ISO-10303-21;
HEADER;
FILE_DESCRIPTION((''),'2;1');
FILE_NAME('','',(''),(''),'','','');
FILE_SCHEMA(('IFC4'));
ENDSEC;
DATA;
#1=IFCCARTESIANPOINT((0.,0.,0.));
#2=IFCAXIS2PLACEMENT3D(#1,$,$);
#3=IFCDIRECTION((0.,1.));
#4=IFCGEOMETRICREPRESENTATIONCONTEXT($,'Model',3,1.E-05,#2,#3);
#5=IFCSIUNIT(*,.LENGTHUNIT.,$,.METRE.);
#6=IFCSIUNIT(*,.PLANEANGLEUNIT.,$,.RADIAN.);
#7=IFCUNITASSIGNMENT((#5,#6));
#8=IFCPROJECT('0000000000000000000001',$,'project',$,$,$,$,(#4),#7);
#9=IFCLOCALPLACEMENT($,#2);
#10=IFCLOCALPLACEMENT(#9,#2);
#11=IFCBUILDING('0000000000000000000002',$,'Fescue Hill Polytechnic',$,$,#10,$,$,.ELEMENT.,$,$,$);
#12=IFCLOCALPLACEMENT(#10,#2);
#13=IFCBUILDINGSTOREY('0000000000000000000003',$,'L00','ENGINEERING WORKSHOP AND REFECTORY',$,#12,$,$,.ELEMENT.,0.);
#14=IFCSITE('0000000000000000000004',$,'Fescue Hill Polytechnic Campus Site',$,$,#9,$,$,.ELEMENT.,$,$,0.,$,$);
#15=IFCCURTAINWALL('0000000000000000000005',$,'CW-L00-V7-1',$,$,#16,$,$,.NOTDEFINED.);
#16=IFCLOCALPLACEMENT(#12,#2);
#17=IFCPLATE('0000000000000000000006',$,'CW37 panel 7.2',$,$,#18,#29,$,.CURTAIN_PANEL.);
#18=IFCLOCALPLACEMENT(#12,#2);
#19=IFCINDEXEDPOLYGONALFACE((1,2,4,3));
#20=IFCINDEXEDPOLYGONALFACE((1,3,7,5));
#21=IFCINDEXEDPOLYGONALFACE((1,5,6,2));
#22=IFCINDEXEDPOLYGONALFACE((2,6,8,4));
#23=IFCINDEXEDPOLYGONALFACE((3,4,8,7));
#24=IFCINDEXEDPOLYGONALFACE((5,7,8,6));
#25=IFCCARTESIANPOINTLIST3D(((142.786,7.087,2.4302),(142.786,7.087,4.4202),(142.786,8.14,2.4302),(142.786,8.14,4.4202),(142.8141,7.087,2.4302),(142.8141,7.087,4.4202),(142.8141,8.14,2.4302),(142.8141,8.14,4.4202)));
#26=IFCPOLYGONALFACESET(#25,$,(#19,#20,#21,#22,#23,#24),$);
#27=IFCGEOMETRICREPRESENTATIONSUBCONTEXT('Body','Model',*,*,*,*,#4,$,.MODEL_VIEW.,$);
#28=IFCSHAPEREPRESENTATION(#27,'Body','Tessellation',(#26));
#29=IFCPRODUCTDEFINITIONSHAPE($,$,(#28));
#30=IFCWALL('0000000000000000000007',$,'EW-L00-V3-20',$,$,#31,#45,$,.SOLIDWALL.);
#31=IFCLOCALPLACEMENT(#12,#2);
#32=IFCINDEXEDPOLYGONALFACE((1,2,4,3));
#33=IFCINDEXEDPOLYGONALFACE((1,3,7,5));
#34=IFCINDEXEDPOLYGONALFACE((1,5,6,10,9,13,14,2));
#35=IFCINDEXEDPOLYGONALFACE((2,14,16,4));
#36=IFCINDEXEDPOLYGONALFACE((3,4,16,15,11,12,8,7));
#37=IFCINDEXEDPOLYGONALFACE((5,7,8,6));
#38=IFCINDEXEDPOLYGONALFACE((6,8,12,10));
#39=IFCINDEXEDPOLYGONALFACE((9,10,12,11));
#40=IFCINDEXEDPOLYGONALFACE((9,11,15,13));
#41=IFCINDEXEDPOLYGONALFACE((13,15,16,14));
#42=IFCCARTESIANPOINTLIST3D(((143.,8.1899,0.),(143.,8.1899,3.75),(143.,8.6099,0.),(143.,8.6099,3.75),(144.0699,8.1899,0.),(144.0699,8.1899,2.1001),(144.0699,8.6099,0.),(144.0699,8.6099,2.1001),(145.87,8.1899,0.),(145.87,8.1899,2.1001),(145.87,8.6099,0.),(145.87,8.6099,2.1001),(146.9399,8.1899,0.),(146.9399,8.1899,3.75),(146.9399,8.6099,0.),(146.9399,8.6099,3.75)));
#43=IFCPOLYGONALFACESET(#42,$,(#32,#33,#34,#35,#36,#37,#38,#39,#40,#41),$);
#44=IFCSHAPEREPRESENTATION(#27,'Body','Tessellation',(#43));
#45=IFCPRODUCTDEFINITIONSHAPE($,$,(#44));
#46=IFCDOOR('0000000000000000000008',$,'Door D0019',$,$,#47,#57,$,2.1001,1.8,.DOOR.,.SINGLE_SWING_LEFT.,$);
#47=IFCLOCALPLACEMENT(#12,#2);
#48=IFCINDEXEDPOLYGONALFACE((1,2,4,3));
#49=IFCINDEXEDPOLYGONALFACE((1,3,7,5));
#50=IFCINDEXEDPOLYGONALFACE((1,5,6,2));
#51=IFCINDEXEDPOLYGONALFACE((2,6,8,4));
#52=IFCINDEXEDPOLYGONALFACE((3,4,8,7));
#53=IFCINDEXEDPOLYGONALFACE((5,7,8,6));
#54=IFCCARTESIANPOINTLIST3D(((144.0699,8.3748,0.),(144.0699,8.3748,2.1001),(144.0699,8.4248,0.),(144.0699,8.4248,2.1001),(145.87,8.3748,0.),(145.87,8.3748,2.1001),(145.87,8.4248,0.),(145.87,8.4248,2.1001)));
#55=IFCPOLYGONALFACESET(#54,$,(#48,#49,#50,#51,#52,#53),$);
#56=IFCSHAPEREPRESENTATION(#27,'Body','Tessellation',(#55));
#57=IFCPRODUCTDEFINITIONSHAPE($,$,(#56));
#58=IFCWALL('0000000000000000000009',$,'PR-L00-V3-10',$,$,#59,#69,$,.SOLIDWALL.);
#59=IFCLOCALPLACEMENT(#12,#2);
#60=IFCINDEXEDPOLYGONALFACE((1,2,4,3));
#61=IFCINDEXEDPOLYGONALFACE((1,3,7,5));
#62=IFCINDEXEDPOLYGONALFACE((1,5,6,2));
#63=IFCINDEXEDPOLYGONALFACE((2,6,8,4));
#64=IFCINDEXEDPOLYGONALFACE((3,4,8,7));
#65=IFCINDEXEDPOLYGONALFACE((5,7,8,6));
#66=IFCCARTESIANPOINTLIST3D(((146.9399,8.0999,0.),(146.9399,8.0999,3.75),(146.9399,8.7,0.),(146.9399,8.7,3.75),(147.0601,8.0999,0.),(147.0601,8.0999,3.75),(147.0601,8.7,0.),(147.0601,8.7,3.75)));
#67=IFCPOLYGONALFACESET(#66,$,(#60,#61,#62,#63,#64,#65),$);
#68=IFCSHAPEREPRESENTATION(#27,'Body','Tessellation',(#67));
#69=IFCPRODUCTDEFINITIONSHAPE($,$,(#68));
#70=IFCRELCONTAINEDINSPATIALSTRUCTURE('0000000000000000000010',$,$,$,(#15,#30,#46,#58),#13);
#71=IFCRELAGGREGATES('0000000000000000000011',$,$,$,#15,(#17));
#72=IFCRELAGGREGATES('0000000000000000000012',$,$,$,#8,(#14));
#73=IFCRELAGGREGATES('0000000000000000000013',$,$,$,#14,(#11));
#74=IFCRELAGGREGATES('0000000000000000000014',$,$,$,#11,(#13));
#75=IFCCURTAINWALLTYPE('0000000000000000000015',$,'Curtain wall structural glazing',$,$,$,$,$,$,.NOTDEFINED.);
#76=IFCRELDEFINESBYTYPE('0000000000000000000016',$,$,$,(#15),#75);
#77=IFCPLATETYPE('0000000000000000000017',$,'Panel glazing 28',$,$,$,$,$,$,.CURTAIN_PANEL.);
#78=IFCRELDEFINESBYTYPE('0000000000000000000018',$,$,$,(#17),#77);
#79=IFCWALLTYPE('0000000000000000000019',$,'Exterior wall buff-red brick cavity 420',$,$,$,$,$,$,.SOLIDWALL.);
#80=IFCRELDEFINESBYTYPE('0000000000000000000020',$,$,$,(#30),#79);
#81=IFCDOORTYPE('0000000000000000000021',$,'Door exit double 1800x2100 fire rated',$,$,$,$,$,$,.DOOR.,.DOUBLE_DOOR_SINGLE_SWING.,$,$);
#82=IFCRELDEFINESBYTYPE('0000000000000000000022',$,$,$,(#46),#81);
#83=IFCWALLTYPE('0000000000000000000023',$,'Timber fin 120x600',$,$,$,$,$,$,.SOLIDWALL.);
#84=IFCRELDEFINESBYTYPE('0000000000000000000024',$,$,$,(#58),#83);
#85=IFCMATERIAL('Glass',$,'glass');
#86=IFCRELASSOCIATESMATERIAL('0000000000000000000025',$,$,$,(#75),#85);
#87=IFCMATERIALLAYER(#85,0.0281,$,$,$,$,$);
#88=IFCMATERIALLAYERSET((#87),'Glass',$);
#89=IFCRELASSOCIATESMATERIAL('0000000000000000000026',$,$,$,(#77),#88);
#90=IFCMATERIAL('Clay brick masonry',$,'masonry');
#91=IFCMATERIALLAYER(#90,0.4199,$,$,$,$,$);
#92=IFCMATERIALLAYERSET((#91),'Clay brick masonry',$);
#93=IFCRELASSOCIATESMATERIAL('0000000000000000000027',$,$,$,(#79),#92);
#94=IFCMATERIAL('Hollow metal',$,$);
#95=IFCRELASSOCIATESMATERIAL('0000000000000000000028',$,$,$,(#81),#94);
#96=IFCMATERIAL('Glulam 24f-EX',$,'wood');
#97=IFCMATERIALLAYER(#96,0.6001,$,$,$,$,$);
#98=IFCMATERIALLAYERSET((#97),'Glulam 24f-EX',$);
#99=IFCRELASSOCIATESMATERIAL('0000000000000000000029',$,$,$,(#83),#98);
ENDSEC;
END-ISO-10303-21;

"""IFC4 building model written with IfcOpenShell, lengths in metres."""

from ifc_helpers import new_model, si_unit, direction, frame, frame_2d, origin, origin_2d, place, context, subcontext, project, spatial, rectangle, extrude, material, layer, layer_set, type_object, element, fill, aggregate, save


model = new_model("IFC4")

# Units and contexts
model_context = context("Model", 3, precision=1e-05, world=origin(), true_north=direction((0.0, 1.0)))
body_context = subcontext(model_context, "Body", "Model", "MODEL_VIEW")
ifc_project = project(units=[si_unit("LENGTHUNIT", "METRE"), si_unit("PLANEANGLEUNIT", "RADIAN")], contexts=[model_context])

# Site, building, storey
site_placement = place(None, origin())
site = spatial("IfcSite", under=ifc_project, at=site_placement, Name="Fescue Hill Polytechnic Campus Site", CompositionType="ELEMENT", RefElevation=0.0)
building_placement = place(site_placement, origin())
building = spatial("IfcBuilding", under=site, at=building_placement, Name="Fescue Hill Polytechnic", CompositionType="ELEMENT")
storey_placement = place(building_placement, origin())
storey = spatial("IfcBuildingStorey", under=building, at=storey_placement, Name="L00", Description="ENGINEERING WORKSHOP AND REFECTORY", CompositionType="ELEMENT", Elevation=0.0)

# Curtain wall, plate
ifc_material_1 = material(Name="Glass", Category="glass")
curtain_wall_type = type_object("IfcCurtainWallType", Name="Curtain wall structural glazing", PredefinedType="NOTDEFINED", material=ifc_material_1)
curtain_wall_placement = place(storey_placement, origin())
curtain_wall = element("IfcCurtainWall", 1, at=curtain_wall_placement, inside=storey, type_object=curtain_wall_type, Name="CW-L00-V7-1", PredefinedType="NOTDEFINED")
ifc_layer_1 = layer(ifc_material_1, 0.0281)
ifc_layer_set_1 = layer_set([ifc_layer_1], Name="Glass")
plate_type = type_object("IfcPlateType", Name="Panel glazing 28", PredefinedType="CURTAIN_PANEL", material=ifc_layer_set_1)
plate_1_placement = place(storey_placement, frame((142.8, 7.6135, 2.4302), z_axis=(0.0, 0.0, 1.0), x_axis=(0.0, 1.0, 0.0)))
plate_1 = element("IfcPlate", 2, at=plate_1_placement, type_object=plate_type, Name="CW37 panel 7.2", PredefinedType="CURTAIN_PANEL", context=body_context, shape_type="SweptSolid", body=[
    extrude(rectangle(XDim=1.053, YDim=0.0281, at=origin_2d()), origin(), (0.0, 0.0, 1.0), 1.99),
])
aggregate(curtain_wall, [plate_1])

# Wall, opening, door
ifc_material_2 = material(Name="Clay brick masonry", Category="masonry")
ifc_layer_2 = layer(ifc_material_2, 0.4199)
ifc_layer_set_2 = layer_set([ifc_layer_2], Name="Clay brick masonry")
wall_type_1 = type_object("IfcWallType", Name="Exterior wall buff-red brick cavity 420", PredefinedType="SOLIDWALL", material=ifc_layer_set_2)
wall_1_placement = place(storey_placement, frame((143.0, 8.3999, 0.0), z_axis=(0.0, 0.0, 1.0), x_axis=(1.0, 0.0, 0.0)))
wall_1 = element("IfcWall", 3, at=wall_1_placement, inside=storey, type_object=wall_type_1, Name="EW-L00-V3-20", PredefinedType="SOLIDWALL", context=body_context, shape_type="SweptSolid", body=[
    extrude(rectangle(XDim=3.9399, YDim=0.4199, at=frame_2d((1.97, 0.0))), origin(), (0.0, 0.0, 1.0), 3.75),
])
opening_placement = place(wall_1_placement, frame((1.0701, 0.0, 0.0)))
opening = element("IfcOpeningElement", 4, at=opening_placement, cuts=wall_1, PredefinedType="OPENING", context=body_context, shape_type="SweptSolid", body=[
    extrude(rectangle(XDim=1.8, YDim=2.1001, at=frame_2d((0.8999, 1.05))), frame((0.0, 0.22, 0.0), z_axis=(0.0, -1.0, 0.0), x_axis=(1.0, 0.0, 0.0)), (0.0, 0.0, 1.0), 0.4399),
])
ifc_material_3 = material(Name="Hollow metal")
door_type = type_object("IfcDoorType", Name="Door exit double 1800x2100 fire rated", OperationType="DOUBLE_DOOR_SINGLE_SWING", PredefinedType="DOOR", material=ifc_material_3)
door_placement = place(opening_placement, origin())
door = element("IfcDoor", 5, at=door_placement, inside=storey, type_object=door_type, Name="Door D0019", OperationType="SINGLE_SWING_LEFT", OverallHeight=2.1001, OverallWidth=1.8, PredefinedType="DOOR", context=body_context, shape_type="SweptSolid", body=[
    extrude(rectangle(XDim=1.8, YDim=2.1001, at=frame_2d((0.8999, 1.05))), frame((0.0, 0.0249, 0.0), z_axis=(0.0, -1.0, 0.0), x_axis=(1.0, 0.0, 0.0)), (0.0, 0.0, 1.0), 0.05),
])
fill(opening, door)

# Wall
ifc_material_4 = material(Name="Glulam 24f-EX", Category="wood")
ifc_layer_3 = layer(ifc_material_4, 0.6001)
ifc_layer_set_3 = layer_set([ifc_layer_3], Name="Glulam 24f-EX")
wall_type_2 = type_object("IfcWallType", Name="Timber fin 120x600", PredefinedType="SOLIDWALL", material=ifc_layer_set_3)
wall_2_placement = place(storey_placement, frame((146.9399, 8.3999, 0.0), z_axis=(0.0, 0.0, 1.0), x_axis=(1.0, 0.0, 0.0)))
element("IfcWall", 6, at=wall_2_placement, inside=storey, type_object=wall_type_2, Name="PR-L00-V3-10", PredefinedType="SOLIDWALL", context=body_context, shape_type="SweptSolid", body=[
    extrude(rectangle(XDim=0.1201, YDim=0.6001, at=frame_2d((0.0601, 0.0))), origin(), (0.0, 0.0, 1.0), 3.75),
])

save(model, "model.ifc")
